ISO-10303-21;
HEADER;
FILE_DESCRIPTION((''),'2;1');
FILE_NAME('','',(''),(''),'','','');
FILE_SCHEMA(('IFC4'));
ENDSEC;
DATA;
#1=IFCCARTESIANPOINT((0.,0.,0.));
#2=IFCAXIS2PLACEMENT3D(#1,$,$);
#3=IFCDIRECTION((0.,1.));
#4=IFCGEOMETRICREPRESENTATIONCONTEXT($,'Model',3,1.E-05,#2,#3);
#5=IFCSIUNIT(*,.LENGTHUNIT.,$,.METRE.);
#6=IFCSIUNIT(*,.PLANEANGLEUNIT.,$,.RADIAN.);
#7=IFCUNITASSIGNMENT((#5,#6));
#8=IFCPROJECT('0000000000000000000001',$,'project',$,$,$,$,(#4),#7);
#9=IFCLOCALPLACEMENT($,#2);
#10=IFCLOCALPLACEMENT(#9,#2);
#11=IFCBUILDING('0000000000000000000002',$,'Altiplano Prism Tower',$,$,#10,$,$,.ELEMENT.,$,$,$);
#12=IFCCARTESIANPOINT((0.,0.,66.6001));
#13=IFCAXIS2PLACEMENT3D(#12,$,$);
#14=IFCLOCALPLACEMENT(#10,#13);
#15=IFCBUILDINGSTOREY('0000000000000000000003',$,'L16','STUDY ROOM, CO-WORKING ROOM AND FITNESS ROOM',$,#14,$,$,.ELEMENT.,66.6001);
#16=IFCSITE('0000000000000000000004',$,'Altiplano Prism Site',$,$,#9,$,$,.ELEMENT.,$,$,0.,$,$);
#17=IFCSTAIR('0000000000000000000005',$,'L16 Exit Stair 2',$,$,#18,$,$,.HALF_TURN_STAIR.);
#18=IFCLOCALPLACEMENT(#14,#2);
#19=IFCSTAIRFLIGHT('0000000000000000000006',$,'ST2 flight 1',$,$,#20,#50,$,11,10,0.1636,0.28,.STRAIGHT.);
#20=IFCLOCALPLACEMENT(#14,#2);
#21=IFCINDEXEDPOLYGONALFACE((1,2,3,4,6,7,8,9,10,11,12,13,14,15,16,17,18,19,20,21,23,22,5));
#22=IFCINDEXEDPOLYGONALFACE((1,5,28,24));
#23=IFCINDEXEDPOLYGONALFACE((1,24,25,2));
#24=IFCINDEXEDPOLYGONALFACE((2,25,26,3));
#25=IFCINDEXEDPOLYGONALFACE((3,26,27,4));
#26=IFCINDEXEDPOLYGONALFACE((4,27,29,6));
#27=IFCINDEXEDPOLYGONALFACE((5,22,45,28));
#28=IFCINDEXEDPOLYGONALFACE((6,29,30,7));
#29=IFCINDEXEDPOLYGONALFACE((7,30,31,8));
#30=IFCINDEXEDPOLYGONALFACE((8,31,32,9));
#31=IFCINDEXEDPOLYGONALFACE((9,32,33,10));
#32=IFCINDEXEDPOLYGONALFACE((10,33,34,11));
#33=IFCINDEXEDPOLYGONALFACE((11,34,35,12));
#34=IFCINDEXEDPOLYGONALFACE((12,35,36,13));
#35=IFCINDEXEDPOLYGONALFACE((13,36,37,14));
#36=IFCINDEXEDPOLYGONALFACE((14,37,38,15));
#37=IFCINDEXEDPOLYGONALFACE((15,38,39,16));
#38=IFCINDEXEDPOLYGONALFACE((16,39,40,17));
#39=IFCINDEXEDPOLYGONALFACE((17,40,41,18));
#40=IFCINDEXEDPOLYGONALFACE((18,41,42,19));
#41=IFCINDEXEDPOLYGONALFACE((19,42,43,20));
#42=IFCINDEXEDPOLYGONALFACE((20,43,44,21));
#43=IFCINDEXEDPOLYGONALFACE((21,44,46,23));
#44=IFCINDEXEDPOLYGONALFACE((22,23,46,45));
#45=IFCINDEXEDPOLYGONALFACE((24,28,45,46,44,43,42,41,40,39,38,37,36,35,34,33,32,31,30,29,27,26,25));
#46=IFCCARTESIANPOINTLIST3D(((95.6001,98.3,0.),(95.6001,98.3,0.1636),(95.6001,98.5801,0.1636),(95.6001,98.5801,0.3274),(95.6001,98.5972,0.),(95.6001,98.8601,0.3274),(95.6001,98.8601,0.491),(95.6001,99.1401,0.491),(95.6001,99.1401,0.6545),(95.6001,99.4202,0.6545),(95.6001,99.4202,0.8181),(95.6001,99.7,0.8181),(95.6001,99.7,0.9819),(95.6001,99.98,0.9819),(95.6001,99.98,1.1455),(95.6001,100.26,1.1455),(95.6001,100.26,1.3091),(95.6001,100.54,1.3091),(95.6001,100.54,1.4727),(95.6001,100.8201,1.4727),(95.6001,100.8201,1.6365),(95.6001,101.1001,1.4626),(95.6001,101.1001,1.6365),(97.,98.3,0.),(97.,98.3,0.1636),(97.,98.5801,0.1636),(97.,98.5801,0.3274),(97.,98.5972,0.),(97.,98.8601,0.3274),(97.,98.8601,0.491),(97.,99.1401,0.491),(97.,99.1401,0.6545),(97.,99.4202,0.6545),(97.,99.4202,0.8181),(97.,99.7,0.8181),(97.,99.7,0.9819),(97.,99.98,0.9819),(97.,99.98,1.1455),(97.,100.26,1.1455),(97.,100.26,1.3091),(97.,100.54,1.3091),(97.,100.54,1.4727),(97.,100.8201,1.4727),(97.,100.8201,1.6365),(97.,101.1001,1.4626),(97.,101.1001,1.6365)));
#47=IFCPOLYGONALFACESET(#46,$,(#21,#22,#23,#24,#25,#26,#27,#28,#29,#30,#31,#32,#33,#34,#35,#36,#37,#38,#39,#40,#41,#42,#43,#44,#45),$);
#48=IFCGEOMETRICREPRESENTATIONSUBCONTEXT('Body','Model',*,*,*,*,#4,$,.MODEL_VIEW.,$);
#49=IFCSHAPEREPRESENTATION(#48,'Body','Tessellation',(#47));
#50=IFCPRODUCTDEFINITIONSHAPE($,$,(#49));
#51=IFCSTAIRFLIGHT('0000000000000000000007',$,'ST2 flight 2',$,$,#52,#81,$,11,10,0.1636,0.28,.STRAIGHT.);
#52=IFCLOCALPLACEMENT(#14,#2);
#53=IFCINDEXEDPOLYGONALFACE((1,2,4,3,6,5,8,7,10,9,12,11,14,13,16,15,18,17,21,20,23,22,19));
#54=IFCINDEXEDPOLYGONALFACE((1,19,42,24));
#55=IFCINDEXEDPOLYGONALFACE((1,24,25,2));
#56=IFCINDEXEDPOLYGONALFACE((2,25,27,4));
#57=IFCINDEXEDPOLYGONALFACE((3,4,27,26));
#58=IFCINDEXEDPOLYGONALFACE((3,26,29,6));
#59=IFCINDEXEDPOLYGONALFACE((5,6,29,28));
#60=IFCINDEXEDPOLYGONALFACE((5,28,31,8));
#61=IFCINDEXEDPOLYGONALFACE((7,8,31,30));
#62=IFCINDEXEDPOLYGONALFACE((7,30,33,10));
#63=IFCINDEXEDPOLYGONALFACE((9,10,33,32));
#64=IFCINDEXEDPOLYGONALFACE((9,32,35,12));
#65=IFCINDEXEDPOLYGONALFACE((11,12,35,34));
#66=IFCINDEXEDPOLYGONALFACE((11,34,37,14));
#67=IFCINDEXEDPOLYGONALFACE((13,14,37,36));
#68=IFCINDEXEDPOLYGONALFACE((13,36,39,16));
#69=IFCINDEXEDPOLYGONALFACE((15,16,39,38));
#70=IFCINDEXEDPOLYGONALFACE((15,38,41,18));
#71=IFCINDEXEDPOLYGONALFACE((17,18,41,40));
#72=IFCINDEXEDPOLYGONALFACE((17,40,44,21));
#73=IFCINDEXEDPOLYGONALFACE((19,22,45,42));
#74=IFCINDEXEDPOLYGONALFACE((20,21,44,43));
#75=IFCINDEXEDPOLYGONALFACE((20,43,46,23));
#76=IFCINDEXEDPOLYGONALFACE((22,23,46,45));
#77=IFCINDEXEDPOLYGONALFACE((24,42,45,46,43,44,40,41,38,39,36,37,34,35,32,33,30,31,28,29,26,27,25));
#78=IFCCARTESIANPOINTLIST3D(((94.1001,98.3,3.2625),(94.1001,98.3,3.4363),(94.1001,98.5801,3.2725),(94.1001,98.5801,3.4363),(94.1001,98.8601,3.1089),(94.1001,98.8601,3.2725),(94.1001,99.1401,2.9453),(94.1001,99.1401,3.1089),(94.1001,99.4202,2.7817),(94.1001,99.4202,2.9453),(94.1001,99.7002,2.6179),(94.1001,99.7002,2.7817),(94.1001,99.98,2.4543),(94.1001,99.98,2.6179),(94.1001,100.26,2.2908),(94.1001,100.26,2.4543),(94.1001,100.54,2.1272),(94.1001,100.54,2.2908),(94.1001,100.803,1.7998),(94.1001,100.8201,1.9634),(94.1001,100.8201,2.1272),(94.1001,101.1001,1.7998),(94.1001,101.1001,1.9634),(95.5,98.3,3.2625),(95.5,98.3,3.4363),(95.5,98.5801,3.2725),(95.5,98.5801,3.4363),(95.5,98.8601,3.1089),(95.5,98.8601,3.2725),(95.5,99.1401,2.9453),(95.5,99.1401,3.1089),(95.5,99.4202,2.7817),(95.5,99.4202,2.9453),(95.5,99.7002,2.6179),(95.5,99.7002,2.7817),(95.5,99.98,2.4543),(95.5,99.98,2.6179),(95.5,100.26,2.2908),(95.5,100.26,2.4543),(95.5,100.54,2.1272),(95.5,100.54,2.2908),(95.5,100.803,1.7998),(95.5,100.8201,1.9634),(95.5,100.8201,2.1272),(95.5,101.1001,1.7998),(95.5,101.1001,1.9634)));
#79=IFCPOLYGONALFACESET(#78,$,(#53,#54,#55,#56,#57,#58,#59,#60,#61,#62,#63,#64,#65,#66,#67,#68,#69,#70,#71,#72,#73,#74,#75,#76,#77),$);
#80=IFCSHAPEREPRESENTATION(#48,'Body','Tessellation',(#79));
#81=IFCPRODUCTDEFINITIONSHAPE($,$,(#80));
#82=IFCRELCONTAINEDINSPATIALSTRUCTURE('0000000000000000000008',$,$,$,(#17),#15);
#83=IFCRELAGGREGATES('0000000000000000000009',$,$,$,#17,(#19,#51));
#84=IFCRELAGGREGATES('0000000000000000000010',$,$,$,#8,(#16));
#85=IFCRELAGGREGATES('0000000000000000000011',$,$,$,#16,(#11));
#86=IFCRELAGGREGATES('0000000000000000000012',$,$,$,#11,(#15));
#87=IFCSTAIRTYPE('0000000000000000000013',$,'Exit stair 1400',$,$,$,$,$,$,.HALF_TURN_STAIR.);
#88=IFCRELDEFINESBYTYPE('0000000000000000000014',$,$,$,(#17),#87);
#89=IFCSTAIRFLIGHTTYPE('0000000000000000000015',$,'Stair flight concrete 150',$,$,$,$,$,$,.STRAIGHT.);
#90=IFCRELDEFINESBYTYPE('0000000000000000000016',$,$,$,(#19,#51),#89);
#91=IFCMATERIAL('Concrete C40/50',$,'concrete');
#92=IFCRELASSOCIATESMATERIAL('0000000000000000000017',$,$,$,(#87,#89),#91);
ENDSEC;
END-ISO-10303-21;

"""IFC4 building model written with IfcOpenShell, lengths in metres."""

from ifc_helpers import new_model, si_unit, direction, frame, origin, place, context, subcontext, project, spatial, polyline, outline, extrude, material, type_object, element, aggregate, save


model = new_model("IFC4")

# Units and contexts
model_context = context("Model", 3, precision=1e-05, world=origin(), true_north=direction((0.0, 1.0)))
body_context = subcontext(model_context, "Body", "Model", "MODEL_VIEW")
ifc_project = project(units=[si_unit("LENGTHUNIT", "METRE"), si_unit("PLANEANGLEUNIT", "RADIAN")], contexts=[model_context])

# Site, building, storey
site_placement = place(None, origin())
site = spatial("IfcSite", under=ifc_project, at=site_placement, Name="Altiplano Prism Site", CompositionType="ELEMENT", RefElevation=0.0)
building_placement = place(site_placement, origin())
building = spatial("IfcBuilding", under=site, at=building_placement, Name="Altiplano Prism Tower", CompositionType="ELEMENT")
storey_placement = place(building_placement, frame((0.0, 0.0, 66.6001)))
storey = spatial("IfcBuildingStorey", under=building, at=storey_placement, Name="L16", Description="STUDY ROOM, CO-WORKING ROOM AND FITNESS ROOM", CompositionType="ELEMENT", Elevation=66.6001)

# Stair, stair flights
ifc_material_1 = material(Name="Concrete C40/50", Category="concrete")
stair_type = type_object("IfcStairType", Name="Exit stair 1400", PredefinedType="HALF_TURN_STAIR", material=ifc_material_1)
stair_placement = place(storey_placement, origin())
stair = element("IfcStair", 1, at=stair_placement, inside=storey, type_object=stair_type, Name="L16 Exit Stair 2", PredefinedType="HALF_TURN_STAIR")
stair_flight_type = type_object("IfcStairFlightType", Name="Stair flight concrete 150", PredefinedType="STRAIGHT", material=ifc_material_1)
stair_flight_1_placement = place(storey_placement, frame((96.3, 98.3, 0.0), z_axis=(0.0, 0.0, 1.0), x_axis=(0.0, 1.0, 0.0)))
stair_flight_1 = element("IfcStairFlight", 2, at=stair_flight_1_placement, type_object=stair_flight_type, Name="ST2 flight 1", NumberOfRisers=11, NumberOfTreads=10, PredefinedType="STRAIGHT", RiserHeight=0.1636, TreadLength=0.28, context=body_context, shape_type="SweptSolid", body=[
    extrude(outline(polyline([(0.0, 0.0), (0.0, 0.1636), (0.28, 0.1636), (0.28, 0.3274), (0.5601, 0.3274), (0.5601, 0.491), (0.8401, 0.491), (0.8401, 0.6545), (1.1201, 0.6545), (1.1201, 0.8181), (1.3999, 0.8181), (1.3999, 0.9819), (1.6799, 0.9819), (1.6799, 1.1455), (1.96, 1.1455), (1.96, 1.3091), (2.24, 1.3091), (2.24, 1.4727), (2.52, 1.4727), (2.52, 1.6365), (2.8, 1.6365), (2.8, 1.8), (2.8, 1.4626), (0.2971, 0.0), (0.0, 0.0)])), frame((0.0, 0.7, 0.0), z_axis=(0.0, -1.0, 0.0), x_axis=(1.0, 0.0, 0.0)), (0.0, 0.0, 1.0), 1.3999),
])
stair_flight_2_placement = place(storey_placement, frame((94.8, 101.1001, 1.7998), z_axis=(0.0, 0.0, 1.0), x_axis=(0.0, -1.0, 0.0)))
stair_flight_2 = element("IfcStairFlight", 3, at=stair_flight_2_placement, type_object=stair_flight_type, Name="ST2 flight 2", NumberOfRisers=11, NumberOfTreads=10, PredefinedType="STRAIGHT", RiserHeight=0.1636, TreadLength=0.28, context=body_context, shape_type="SweptSolid", body=[
    extrude(outline(polyline([(0.0, 0.0), (0.0, 0.1636), (0.28, 0.1636), (0.28, 0.3274), (0.5601, 0.3274), (0.5601, 0.491), (0.8401, 0.491), (0.8401, 0.6545), (1.1201, 0.6545), (1.1201, 0.8181), (1.3999, 0.8181), (1.3999, 0.9819), (1.6799, 0.9819), (1.6799, 1.1455), (1.96, 1.1455), (1.96, 1.3091), (2.24, 1.3091), (2.24, 1.4727), (2.52, 1.4727), (2.52, 1.6365), (2.8, 1.6365), (2.8, 1.8), (2.8, 1.4626), (0.2971, 0.0), (0.0, 0.0)])), frame((0.0, 0.7, 0.0), z_axis=(0.0, -1.0, 0.0), x_axis=(1.0, 0.0, 0.0)), (0.0, 0.0, 1.0), 1.3999),
])
aggregate(stair, [stair_flight_1, stair_flight_2])

save(model, "model.ifc")
